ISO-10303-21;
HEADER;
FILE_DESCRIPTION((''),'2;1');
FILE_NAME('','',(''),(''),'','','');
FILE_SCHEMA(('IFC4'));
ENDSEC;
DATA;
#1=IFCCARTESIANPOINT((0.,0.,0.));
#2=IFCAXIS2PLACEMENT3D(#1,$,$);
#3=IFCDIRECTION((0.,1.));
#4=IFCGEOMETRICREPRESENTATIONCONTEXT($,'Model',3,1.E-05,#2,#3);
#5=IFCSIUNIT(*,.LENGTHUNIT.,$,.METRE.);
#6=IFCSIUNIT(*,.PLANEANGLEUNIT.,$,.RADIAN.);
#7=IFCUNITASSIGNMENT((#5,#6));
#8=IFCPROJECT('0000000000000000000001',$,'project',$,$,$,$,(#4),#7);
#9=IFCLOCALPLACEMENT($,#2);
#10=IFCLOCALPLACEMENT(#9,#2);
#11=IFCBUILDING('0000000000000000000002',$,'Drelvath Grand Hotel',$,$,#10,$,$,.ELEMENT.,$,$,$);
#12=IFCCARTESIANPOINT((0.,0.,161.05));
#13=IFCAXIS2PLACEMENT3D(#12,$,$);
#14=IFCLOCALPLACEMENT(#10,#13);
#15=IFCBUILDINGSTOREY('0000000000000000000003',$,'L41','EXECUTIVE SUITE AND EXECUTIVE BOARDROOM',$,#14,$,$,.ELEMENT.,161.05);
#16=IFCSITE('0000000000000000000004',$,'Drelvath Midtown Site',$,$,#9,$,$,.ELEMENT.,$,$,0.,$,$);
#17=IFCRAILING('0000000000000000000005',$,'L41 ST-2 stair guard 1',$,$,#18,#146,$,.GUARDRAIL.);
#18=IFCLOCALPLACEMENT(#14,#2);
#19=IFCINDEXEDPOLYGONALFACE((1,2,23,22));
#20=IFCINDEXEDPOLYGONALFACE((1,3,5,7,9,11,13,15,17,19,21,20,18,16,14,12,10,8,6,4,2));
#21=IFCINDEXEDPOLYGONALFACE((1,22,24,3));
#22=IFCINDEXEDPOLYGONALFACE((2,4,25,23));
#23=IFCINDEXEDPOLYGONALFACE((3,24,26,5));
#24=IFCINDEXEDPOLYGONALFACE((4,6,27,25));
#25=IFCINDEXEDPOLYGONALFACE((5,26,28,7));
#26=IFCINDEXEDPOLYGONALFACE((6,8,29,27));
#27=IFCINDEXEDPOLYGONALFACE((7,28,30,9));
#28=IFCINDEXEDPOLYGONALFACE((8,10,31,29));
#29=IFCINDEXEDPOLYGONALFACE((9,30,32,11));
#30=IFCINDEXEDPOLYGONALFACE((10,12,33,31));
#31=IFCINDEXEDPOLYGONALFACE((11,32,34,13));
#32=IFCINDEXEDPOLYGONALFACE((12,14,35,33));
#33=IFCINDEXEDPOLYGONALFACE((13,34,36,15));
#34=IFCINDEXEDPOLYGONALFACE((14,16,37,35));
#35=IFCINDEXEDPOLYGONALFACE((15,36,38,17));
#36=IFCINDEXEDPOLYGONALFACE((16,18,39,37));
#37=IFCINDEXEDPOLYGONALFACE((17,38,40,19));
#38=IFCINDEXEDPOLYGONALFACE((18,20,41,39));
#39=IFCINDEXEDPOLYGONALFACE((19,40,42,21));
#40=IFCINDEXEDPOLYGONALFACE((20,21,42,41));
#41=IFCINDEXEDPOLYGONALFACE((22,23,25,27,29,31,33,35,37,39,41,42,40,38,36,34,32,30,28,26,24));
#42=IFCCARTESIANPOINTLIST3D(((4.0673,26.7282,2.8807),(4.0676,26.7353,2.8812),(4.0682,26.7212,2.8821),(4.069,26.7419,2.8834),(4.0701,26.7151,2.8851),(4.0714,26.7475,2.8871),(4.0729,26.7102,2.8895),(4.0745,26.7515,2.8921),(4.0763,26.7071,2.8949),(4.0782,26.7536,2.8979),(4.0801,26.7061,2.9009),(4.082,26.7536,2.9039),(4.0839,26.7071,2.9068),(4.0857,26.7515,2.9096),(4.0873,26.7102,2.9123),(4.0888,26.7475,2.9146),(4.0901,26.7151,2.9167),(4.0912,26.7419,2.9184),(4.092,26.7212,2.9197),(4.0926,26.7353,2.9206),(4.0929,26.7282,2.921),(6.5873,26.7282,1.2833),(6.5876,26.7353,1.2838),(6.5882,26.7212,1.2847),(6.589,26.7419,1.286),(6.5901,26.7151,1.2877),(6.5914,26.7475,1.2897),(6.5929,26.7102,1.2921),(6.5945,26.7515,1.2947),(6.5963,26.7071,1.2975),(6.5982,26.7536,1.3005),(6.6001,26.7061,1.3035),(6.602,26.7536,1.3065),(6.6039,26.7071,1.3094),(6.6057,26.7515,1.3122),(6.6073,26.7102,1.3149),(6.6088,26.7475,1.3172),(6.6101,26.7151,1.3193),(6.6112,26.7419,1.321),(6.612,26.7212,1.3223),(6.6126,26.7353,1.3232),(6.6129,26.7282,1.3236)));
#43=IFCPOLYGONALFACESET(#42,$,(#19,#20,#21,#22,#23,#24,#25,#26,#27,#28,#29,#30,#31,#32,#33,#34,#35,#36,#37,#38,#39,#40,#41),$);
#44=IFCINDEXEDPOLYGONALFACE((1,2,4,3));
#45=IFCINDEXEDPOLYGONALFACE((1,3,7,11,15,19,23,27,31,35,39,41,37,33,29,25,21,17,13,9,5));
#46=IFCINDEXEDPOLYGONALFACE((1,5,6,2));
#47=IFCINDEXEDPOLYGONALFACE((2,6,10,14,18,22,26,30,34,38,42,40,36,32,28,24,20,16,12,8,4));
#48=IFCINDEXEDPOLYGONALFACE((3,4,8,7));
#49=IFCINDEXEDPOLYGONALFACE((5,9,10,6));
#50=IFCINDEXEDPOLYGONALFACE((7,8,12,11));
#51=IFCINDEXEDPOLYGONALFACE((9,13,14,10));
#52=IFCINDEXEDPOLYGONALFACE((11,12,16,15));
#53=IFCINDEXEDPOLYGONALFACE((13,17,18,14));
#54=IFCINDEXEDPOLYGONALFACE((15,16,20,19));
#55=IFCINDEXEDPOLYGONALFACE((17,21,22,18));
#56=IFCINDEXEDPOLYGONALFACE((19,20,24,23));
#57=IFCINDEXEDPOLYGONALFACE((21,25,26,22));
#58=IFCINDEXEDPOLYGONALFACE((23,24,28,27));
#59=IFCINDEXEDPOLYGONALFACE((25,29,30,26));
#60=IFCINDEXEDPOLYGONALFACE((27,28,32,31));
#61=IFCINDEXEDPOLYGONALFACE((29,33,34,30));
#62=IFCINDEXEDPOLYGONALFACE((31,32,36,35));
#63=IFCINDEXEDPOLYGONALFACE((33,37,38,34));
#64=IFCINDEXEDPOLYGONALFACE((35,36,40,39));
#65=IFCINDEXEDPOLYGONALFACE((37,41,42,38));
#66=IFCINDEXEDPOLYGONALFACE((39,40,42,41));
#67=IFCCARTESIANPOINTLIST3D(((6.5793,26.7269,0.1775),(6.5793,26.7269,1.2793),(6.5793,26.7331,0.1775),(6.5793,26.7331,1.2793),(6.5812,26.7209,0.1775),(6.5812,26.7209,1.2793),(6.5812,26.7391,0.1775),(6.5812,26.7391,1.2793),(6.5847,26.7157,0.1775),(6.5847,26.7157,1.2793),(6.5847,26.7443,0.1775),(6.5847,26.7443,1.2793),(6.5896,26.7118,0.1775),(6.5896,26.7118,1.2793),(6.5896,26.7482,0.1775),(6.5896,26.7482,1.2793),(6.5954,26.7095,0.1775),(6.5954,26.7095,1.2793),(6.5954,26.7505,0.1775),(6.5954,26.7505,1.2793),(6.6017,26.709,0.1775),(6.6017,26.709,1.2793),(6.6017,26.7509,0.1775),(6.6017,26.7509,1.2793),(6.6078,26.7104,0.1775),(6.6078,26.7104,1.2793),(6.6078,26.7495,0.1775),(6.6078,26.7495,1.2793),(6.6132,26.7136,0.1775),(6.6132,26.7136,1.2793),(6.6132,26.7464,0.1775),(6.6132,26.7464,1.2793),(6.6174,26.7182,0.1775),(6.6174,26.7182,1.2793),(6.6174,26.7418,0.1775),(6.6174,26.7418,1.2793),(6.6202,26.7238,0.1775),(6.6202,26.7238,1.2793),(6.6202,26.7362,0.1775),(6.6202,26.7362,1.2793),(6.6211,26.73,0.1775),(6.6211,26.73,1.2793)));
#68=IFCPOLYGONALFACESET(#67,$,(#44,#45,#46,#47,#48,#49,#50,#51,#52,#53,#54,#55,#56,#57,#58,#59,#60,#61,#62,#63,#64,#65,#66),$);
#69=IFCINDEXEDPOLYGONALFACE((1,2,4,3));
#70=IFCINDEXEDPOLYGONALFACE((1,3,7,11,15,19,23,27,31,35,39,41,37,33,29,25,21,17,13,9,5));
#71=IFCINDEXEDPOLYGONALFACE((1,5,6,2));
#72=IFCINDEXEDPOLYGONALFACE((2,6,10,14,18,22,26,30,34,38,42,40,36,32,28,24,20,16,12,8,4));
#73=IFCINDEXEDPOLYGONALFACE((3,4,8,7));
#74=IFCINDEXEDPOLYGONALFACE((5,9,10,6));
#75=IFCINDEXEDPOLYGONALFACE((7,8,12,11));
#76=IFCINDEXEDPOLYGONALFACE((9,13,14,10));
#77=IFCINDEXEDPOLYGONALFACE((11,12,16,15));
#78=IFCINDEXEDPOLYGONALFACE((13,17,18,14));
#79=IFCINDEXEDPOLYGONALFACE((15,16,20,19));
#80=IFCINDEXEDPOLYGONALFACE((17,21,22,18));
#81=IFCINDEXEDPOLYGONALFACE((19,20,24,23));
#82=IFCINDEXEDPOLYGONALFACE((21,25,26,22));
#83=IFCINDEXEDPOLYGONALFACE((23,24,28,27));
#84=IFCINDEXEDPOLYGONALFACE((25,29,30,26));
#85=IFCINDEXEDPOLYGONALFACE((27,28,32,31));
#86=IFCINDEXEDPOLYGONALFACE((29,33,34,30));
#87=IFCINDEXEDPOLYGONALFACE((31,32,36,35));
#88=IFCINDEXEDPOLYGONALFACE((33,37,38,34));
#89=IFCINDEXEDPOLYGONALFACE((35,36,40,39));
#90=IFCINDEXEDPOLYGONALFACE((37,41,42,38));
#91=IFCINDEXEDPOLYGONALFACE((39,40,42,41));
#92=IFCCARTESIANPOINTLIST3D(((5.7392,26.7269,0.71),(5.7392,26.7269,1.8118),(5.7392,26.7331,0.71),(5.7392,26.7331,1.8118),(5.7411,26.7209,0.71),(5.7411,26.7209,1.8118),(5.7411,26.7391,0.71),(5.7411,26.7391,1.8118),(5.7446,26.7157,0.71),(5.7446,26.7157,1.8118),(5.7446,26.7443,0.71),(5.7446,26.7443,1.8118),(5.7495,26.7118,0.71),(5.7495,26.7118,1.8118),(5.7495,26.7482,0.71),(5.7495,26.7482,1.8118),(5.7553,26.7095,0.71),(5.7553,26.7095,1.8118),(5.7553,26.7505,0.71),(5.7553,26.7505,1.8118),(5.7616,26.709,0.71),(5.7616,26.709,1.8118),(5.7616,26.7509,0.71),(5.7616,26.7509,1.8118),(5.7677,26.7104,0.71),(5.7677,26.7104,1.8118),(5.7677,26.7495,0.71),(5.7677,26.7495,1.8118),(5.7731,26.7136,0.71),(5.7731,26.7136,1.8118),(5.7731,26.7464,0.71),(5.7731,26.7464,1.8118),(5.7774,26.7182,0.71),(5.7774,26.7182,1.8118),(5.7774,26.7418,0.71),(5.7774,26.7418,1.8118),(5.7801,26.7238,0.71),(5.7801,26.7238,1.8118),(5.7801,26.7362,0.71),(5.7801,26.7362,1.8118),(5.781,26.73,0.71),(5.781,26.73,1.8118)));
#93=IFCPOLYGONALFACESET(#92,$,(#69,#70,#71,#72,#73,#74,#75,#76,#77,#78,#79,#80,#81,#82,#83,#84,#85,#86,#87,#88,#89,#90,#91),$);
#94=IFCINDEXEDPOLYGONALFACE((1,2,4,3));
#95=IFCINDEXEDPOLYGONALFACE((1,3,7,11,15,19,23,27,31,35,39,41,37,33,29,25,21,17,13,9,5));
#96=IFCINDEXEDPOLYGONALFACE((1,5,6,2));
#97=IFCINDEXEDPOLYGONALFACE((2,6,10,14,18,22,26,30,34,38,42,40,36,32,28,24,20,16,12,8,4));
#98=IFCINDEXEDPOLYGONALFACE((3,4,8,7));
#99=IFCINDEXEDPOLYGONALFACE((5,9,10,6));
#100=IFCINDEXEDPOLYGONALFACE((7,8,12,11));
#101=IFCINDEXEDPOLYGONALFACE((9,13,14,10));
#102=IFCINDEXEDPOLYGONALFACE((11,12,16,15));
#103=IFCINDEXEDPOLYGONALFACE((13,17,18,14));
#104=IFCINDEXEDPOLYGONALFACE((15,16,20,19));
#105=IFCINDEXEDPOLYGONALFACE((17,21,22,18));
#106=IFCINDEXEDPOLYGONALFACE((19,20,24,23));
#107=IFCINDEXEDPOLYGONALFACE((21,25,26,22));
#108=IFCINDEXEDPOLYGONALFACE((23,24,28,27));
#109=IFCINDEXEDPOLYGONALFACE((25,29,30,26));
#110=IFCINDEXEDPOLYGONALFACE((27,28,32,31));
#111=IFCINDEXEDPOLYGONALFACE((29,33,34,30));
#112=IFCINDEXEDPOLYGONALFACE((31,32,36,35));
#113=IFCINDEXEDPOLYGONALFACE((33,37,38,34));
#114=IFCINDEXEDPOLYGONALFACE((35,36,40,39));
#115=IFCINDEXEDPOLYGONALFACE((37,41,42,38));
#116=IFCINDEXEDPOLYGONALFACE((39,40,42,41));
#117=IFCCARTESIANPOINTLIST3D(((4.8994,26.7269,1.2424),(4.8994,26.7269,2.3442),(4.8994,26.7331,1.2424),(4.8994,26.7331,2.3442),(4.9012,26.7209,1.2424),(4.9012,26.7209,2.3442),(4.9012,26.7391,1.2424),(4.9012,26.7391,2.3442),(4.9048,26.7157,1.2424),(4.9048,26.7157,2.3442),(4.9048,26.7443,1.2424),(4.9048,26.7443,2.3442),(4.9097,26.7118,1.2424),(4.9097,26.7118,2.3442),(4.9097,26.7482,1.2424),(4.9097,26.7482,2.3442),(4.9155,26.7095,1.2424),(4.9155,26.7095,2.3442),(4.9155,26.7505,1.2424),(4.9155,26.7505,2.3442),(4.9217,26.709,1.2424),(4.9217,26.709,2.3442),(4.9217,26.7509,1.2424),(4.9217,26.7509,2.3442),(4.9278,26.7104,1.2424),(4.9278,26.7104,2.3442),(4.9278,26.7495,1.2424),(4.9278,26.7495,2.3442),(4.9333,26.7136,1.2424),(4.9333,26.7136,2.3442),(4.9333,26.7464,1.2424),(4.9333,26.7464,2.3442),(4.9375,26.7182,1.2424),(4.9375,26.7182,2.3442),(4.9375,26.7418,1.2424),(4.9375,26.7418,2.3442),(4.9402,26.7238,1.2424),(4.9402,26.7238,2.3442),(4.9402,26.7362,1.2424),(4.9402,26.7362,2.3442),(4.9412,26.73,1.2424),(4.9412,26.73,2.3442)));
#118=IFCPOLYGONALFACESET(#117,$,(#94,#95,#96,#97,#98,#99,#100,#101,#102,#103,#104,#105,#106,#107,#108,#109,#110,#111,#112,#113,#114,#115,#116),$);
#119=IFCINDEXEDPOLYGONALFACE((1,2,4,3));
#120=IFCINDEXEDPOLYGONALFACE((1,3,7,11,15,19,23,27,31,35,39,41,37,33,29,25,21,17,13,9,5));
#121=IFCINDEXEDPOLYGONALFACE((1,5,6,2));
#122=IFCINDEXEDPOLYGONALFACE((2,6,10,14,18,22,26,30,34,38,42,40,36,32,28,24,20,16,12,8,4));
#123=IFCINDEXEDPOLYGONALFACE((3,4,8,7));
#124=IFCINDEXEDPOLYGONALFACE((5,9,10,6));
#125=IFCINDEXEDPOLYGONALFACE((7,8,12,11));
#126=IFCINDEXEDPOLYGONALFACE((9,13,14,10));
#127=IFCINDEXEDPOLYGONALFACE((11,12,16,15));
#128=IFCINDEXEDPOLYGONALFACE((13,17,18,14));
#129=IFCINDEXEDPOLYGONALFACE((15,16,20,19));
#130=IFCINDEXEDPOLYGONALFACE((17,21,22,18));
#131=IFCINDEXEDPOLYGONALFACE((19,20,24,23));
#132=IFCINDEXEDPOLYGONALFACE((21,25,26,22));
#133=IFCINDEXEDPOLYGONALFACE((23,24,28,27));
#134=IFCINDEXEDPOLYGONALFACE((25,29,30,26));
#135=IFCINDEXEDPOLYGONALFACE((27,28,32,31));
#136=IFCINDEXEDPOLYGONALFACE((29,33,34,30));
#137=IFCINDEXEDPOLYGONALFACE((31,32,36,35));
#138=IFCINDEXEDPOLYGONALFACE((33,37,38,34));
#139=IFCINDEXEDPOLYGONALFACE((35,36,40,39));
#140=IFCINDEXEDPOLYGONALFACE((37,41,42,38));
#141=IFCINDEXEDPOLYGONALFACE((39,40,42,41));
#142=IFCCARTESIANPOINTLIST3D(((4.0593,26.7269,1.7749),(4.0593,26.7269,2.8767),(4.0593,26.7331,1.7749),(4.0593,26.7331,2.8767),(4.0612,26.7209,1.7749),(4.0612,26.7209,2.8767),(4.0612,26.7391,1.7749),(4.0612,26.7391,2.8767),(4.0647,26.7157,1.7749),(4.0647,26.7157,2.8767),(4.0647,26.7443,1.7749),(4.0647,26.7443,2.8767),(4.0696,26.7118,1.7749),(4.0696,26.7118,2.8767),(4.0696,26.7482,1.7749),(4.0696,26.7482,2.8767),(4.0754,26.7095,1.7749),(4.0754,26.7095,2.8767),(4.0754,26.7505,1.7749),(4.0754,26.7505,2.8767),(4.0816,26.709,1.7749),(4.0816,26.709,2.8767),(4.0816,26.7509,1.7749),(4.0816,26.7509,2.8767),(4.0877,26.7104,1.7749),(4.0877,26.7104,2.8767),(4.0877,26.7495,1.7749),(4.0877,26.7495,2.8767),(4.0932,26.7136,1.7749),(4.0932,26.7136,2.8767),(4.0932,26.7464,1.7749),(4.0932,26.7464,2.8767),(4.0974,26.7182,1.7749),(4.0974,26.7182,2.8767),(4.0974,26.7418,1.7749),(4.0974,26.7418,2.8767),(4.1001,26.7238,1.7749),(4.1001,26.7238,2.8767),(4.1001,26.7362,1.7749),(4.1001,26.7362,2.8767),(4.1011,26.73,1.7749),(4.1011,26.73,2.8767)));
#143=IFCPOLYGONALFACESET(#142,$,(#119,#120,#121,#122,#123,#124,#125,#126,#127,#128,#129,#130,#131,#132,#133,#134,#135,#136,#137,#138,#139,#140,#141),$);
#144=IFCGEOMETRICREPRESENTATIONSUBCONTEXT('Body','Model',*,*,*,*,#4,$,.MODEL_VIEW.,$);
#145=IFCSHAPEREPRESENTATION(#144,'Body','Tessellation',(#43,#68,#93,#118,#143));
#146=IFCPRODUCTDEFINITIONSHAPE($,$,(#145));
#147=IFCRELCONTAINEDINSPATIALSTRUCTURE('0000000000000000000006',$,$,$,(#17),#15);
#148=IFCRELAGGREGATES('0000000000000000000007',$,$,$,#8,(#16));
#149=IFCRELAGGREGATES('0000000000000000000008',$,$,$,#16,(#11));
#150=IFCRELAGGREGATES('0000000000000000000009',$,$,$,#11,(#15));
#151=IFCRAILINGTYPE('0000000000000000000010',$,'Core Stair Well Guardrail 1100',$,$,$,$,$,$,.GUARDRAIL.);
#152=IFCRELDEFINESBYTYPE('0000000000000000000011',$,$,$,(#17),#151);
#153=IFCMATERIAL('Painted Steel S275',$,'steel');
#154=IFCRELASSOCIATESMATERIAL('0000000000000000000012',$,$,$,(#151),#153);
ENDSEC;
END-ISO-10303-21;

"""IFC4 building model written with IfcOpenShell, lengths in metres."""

from ifc_helpers import new_model, si_unit, direction, frame, origin, origin_2d, place, context, subcontext, project, spatial, circle, extrude, material, type_object, element, save


model = new_model("IFC4")

# Units and contexts
model_context = context("Model", 3, precision=1e-05, world=origin(), true_north=direction((0.0, 1.0)))
body_context = subcontext(model_context, "Body", "Model", "MODEL_VIEW")
ifc_project = project(units=[si_unit("LENGTHUNIT", "METRE"), si_unit("PLANEANGLEUNIT", "RADIAN")], contexts=[model_context])

# Site, building, storey
site_placement = place(None, origin())
site = spatial("IfcSite", under=ifc_project, at=site_placement, Name="Drelvath Midtown Site", CompositionType="ELEMENT", RefElevation=0.0)
building_placement = place(site_placement, origin())
building = spatial("IfcBuilding", under=site, at=building_placement, Name="Drelvath Grand Hotel", CompositionType="ELEMENT")
storey_placement = place(building_placement, frame((0.0, 0.0, 161.05)))
storey = spatial("IfcBuildingStorey", under=building, at=storey_placement, Name="L41", Description="EXECUTIVE SUITE AND EXECUTIVE BOARDROOM", CompositionType="ELEMENT", Elevation=161.05)

# Railing
ifc_material_1 = material(Name="Painted Steel S275", Category="steel")
railing_type_1 = type_object("IfcRailingType", Name="Core Stair Well Guardrail 1100", PredefinedType="GUARDRAIL", material=ifc_material_1)
railing_1_placement = place(storey_placement, frame((6.6001, 26.73, 0.1775)))
element("IfcRailing", 1, at=railing_1_placement, inside=storey, type_object=railing_type_1, Name="L41 ST-2 stair guard 1", PredefinedType="GUARDRAIL", context=body_context, shape_type="SweptSolid", body=[
    extrude(circle(Radius=0.0239, at=origin_2d()), frame((0.0, 0.0, 1.126), z_axis=(-0.844607, 0.0, 0.535387), x_axis=(0.0, -1.0, 0.0)), (0.0, 0.0, 1.0), 2.9836),
    extrude(circle(Radius=0.021, at=origin_2d()), origin(), (0.0, 0.0, 1.0), 1.1018),
    extrude(circle(Radius=0.021, at=origin_2d()), frame((-0.8401, 0.0, 0.5325)), (0.0, 0.0, 1.0), 1.1018),
    extrude(circle(Radius=0.021, at=origin_2d()), frame((-1.6799, 0.0, 1.0649)), (0.0, 0.0, 1.0), 1.1018),
    extrude(circle(Radius=0.021, at=origin_2d()), frame((-2.52, 0.0, 1.5974)), (0.0, 0.0, 1.0), 1.1018),
])

save(model, "model.ifc")
